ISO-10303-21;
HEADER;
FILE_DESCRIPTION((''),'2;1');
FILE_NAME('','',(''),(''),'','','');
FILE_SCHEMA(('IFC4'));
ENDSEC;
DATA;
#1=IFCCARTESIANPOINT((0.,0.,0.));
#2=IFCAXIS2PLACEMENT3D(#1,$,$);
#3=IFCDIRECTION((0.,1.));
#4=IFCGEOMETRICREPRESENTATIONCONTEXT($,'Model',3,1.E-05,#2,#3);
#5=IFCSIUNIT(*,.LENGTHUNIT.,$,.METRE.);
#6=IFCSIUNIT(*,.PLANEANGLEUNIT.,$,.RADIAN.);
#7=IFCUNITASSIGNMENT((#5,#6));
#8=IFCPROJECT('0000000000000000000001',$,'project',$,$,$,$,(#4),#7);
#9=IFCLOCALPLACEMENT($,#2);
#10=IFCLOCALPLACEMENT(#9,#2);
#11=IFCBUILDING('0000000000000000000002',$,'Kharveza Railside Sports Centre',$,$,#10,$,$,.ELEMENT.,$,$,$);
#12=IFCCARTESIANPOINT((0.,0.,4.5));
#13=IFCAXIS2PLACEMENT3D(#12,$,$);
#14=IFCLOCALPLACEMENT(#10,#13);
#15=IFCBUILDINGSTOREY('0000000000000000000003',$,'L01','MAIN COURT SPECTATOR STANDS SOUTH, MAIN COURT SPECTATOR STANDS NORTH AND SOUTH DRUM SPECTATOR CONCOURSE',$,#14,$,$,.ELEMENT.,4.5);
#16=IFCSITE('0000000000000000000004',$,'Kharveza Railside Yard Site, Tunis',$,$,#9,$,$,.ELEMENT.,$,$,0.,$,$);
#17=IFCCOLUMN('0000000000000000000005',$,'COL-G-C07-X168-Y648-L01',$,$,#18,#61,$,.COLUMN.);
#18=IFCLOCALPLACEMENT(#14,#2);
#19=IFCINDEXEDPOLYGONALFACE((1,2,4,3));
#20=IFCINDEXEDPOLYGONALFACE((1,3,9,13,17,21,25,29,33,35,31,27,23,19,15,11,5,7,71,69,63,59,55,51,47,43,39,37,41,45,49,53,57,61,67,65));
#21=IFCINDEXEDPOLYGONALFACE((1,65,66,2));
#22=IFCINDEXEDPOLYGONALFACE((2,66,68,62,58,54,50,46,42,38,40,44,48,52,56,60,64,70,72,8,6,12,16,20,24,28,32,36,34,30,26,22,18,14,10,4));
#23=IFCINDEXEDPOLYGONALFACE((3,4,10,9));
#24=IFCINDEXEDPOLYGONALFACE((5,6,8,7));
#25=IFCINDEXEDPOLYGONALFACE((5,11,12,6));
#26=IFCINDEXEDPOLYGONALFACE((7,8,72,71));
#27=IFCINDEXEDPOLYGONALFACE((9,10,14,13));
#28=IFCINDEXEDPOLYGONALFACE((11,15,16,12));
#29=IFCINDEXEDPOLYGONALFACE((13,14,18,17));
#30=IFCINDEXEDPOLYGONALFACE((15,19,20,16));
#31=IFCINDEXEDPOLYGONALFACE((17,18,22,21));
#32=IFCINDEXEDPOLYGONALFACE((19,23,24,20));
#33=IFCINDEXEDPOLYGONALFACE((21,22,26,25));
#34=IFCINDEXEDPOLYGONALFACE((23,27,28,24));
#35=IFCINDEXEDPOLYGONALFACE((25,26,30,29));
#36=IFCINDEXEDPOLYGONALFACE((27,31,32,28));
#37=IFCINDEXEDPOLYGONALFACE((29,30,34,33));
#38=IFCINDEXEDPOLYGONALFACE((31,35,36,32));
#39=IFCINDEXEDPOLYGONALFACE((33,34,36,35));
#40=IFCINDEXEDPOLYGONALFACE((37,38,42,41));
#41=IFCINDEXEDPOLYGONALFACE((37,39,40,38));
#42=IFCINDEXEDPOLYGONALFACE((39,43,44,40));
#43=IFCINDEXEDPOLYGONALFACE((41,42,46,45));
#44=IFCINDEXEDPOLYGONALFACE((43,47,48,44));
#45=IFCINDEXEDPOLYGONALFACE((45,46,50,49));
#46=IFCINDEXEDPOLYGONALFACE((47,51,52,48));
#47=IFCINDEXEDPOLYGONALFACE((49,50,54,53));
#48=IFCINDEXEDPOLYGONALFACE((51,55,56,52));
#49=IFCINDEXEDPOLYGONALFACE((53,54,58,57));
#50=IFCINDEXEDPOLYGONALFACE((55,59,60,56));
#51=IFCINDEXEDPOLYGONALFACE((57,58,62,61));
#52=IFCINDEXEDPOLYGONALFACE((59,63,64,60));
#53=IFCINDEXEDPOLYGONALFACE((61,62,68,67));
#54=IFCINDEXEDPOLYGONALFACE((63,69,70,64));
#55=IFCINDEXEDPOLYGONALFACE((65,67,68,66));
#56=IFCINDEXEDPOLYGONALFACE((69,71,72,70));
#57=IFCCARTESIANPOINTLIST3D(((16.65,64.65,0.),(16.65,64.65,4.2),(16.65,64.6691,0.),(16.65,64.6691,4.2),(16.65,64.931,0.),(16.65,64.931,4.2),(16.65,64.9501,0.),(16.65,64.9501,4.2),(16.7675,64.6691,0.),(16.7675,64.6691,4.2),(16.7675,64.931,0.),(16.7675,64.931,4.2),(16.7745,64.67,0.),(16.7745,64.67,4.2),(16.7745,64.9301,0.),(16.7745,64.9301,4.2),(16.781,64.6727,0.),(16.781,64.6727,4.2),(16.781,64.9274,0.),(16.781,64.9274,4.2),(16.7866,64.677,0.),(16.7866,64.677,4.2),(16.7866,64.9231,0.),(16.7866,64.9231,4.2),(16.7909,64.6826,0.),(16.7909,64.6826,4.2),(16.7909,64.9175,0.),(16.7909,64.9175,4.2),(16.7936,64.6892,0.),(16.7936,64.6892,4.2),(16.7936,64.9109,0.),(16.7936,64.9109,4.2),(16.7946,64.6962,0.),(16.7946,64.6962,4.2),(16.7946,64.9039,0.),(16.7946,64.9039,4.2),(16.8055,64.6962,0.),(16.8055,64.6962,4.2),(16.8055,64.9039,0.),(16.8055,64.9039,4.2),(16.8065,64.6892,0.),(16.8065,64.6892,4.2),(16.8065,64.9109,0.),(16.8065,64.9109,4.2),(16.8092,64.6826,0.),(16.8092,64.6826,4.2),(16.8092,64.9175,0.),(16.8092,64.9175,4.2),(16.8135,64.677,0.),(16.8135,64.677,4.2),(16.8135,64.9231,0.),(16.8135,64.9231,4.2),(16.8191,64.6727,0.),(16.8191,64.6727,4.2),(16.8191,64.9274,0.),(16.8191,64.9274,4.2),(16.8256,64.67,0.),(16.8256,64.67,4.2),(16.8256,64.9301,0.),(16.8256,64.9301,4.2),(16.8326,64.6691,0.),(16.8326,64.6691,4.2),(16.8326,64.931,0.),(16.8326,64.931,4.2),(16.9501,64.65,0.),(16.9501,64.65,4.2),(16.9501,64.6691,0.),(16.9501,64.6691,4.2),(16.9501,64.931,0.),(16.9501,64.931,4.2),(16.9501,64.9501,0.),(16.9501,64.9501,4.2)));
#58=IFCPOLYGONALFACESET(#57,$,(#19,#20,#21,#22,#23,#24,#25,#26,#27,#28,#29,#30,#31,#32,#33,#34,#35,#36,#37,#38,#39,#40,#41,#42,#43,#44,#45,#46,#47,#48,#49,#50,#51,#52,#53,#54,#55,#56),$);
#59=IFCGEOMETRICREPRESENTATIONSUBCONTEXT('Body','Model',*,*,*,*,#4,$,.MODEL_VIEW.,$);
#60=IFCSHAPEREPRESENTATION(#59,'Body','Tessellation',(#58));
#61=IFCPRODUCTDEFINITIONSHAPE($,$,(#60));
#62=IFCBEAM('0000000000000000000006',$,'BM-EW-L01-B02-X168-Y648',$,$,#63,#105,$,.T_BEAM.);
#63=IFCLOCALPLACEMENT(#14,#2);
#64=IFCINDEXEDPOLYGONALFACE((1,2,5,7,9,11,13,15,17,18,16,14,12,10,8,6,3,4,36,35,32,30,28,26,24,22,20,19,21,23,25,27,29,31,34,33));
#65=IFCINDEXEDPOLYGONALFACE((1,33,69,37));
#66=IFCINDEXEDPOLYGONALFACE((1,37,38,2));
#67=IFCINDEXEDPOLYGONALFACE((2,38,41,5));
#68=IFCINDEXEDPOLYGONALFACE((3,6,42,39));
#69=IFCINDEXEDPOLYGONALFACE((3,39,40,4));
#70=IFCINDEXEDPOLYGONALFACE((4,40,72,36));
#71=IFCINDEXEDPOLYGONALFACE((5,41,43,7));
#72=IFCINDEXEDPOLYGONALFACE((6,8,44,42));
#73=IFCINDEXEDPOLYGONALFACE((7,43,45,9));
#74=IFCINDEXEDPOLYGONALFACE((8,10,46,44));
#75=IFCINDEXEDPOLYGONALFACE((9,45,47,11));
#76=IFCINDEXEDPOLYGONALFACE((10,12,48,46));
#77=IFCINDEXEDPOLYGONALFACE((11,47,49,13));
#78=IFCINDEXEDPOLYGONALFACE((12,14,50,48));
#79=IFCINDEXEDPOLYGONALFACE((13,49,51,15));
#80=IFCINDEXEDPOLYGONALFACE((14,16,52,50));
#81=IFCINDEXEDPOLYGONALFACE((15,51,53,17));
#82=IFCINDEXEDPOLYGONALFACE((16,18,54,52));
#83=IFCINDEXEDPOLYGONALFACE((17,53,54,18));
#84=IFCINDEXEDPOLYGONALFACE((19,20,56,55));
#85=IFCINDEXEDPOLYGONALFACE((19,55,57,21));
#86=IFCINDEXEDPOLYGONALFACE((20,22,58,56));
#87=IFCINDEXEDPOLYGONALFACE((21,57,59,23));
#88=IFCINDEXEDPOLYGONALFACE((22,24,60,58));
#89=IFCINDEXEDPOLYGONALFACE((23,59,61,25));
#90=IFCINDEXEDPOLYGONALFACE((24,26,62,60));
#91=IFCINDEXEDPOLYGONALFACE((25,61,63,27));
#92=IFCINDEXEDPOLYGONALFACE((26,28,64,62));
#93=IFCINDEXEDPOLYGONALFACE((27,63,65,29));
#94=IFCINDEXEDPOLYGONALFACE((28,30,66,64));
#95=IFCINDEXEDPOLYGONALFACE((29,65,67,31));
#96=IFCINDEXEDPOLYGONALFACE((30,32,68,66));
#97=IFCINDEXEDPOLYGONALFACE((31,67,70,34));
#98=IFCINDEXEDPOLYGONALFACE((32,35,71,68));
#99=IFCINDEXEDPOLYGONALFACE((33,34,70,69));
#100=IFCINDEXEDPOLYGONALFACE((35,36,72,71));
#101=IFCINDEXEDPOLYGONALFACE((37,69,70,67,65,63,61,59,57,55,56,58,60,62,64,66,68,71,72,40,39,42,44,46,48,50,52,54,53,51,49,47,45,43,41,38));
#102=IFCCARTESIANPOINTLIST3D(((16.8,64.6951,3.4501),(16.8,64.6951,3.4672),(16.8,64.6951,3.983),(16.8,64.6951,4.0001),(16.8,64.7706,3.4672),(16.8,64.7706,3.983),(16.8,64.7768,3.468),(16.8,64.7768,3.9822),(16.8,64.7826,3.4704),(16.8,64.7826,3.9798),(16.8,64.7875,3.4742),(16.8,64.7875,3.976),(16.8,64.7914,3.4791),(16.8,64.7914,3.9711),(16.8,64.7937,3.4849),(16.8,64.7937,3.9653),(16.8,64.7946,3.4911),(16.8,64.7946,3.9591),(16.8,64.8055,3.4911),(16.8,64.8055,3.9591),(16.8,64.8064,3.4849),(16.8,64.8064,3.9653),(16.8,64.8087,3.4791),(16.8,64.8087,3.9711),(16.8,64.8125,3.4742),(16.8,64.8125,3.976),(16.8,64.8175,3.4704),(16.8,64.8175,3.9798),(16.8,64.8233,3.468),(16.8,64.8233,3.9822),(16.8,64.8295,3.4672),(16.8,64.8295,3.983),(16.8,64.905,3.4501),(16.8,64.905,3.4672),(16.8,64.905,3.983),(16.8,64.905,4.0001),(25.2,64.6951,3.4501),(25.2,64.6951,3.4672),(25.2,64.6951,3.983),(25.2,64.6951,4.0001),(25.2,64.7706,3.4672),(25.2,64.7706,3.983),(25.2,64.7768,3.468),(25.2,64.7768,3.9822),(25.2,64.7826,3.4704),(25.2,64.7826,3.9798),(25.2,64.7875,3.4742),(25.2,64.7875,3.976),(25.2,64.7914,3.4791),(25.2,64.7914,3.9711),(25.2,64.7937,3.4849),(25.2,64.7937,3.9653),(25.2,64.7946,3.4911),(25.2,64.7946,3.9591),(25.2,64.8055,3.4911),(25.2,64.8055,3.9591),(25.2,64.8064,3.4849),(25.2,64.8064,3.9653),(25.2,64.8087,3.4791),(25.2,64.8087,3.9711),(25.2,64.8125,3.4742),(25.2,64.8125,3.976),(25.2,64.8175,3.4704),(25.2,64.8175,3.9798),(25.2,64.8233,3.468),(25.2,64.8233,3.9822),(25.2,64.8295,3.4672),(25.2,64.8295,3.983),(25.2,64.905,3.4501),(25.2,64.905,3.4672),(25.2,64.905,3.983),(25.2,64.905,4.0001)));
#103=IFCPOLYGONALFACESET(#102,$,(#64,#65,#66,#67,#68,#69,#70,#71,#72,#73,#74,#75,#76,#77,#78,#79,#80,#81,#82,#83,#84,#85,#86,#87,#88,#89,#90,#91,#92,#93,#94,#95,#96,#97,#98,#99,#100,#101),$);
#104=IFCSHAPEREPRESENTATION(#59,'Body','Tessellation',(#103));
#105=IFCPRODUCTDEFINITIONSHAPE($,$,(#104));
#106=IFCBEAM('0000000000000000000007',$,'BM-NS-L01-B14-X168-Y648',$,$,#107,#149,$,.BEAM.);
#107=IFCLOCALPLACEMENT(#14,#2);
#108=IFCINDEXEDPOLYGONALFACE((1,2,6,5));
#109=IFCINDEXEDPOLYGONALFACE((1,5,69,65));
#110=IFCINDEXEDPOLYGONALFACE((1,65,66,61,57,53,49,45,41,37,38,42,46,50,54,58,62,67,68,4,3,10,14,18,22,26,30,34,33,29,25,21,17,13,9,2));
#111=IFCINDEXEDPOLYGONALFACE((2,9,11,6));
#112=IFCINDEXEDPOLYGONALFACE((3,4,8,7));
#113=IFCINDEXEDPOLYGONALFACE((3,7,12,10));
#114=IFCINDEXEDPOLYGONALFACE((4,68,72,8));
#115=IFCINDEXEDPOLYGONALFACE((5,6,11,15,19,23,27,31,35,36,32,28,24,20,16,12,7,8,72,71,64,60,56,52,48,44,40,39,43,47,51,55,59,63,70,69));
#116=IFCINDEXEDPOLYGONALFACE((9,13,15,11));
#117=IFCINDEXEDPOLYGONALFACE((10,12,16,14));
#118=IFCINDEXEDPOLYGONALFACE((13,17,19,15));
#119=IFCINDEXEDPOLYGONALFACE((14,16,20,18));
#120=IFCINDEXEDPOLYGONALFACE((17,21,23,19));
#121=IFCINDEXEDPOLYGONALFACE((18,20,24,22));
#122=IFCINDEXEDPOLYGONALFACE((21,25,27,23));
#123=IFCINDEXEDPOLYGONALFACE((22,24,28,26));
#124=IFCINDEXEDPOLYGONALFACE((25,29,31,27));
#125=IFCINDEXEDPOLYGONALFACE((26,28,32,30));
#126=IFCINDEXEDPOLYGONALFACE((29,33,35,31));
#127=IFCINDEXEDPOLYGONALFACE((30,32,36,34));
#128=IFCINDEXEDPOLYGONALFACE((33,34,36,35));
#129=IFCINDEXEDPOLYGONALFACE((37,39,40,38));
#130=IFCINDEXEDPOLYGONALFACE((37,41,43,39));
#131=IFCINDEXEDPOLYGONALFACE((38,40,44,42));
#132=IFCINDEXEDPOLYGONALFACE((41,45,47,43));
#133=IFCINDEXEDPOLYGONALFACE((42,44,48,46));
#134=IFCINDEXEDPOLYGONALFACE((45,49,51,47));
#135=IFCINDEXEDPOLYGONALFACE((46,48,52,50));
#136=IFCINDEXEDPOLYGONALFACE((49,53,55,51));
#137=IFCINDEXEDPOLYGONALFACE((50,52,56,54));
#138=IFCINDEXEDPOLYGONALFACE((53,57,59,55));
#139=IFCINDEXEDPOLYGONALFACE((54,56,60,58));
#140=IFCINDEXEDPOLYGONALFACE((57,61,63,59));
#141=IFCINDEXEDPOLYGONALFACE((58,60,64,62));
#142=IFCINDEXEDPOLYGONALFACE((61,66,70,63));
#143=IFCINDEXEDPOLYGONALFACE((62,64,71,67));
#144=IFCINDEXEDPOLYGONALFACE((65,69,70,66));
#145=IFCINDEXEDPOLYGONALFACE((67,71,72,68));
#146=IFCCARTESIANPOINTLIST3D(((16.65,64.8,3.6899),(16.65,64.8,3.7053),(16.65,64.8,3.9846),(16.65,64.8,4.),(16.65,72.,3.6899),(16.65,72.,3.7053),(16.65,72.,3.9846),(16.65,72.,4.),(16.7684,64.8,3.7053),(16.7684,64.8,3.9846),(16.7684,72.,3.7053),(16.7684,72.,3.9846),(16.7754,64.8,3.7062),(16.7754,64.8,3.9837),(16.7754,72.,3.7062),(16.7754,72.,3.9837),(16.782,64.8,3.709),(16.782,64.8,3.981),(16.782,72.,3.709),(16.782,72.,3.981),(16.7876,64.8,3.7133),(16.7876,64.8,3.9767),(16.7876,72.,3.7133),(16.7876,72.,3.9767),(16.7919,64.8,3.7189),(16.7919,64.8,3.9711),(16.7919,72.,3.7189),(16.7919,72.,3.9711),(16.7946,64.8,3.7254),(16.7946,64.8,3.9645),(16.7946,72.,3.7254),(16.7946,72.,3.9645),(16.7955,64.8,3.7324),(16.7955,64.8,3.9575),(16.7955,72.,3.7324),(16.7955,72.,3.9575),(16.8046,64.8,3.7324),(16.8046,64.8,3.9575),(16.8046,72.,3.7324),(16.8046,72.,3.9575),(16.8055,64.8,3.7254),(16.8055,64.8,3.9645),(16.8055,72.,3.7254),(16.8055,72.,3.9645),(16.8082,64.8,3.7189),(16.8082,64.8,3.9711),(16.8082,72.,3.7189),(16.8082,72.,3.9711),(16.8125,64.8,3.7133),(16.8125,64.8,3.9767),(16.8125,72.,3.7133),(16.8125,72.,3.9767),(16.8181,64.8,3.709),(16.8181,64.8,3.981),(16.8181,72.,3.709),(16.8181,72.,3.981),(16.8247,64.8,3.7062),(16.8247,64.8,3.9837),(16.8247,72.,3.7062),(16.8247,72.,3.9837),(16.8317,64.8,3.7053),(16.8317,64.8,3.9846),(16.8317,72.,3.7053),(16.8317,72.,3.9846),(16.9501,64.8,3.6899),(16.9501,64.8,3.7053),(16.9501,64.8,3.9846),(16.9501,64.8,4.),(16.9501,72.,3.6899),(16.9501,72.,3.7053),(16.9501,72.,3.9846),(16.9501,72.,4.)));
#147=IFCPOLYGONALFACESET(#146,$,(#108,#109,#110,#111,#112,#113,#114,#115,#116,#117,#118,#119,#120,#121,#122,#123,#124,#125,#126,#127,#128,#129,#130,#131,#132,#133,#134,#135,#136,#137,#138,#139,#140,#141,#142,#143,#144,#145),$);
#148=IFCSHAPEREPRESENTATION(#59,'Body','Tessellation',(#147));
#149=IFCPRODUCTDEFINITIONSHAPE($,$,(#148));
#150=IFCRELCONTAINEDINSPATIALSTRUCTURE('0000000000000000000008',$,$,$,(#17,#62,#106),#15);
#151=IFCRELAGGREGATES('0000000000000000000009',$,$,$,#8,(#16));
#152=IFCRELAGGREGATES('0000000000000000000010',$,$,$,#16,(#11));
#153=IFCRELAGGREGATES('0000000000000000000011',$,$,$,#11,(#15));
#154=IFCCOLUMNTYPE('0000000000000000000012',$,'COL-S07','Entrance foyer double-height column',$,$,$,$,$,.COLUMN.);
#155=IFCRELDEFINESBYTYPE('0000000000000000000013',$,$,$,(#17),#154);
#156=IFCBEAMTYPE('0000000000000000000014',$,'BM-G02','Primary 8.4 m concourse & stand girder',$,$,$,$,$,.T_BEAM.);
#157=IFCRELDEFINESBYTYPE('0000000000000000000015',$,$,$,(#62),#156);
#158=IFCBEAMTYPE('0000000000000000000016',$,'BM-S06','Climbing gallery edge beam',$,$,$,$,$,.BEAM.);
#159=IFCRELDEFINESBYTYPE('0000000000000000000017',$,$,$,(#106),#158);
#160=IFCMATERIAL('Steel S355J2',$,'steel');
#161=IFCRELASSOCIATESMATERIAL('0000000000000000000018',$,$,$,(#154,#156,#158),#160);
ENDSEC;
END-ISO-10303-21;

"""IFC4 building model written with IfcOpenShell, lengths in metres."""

from ifc_helpers import new_model, si_unit, direction, frame, origin, origin_2d, place, context, subcontext, project, spatial, i_section, extrude, material, material_profile, profile_set, type_object, element, save


model = new_model("IFC4")

# Units and contexts
model_context = context("Model", 3, precision=1e-05, world=origin(), true_north=direction((0.0, 1.0)))
body_context = subcontext(model_context, "Body", "Model", "MODEL_VIEW")
ifc_project = project(units=[si_unit("LENGTHUNIT", "METRE"), si_unit("PLANEANGLEUNIT", "RADIAN")], contexts=[model_context])

# Site, building, storey
site_placement = place(None, origin())
site = spatial("IfcSite", under=ifc_project, at=site_placement, Name="Kharveza Railside Yard Site, Tunis", CompositionType="ELEMENT", RefElevation=0.0)
building_placement = place(site_placement, origin())
building = spatial("IfcBuilding", under=site, at=building_placement, Name="Kharveza Railside Sports Centre", CompositionType="ELEMENT")
storey_placement = place(building_placement, frame((0.0, 0.0, 4.5)))
storey = spatial("IfcBuildingStorey", under=building, at=storey_placement, Name="L01", Description="MAIN COURT SPECTATOR STANDS SOUTH, MAIN COURT SPECTATOR STANDS NORTH AND SOUTH DRUM SPECTATOR CONCOURSE", CompositionType="ELEMENT", Elevation=4.5)

# Column
ifc_material_1 = material(Name="Steel S355J2", Category="steel")
ifc_material_profile_1 = material_profile(ifc_material_1, i_section(OverallWidth=0.3, OverallDepth=0.3, WebThickness=0.011, FlangeThickness=0.019, FilletRadius=0.0271, at=origin_2d()), Name="HEB 300")
ifc_profile_set_1 = profile_set([ifc_material_profile_1], Name="Steel S355J2")
column_type = type_object("IfcColumnType", Name="COL-S07", Description="Entrance foyer double-height column", PredefinedType="COLUMN", material=ifc_profile_set_1)
column_placement = place(storey_placement, frame((16.8, 64.8, 0.0), z_axis=(0.0, 0.0, 1.0), x_axis=(1.0, 0.0, 0.0)))
element("IfcColumn", 1, at=column_placement, inside=storey, type_object=column_type, Name="COL-G-C07-X168-Y648-L01", PredefinedType="COLUMN", context=body_context, shape_type="SweptSolid", body=[
    extrude(i_section(OverallWidth=0.3, OverallDepth=0.3, WebThickness=0.011, FlangeThickness=0.019, FilletRadius=0.0271, at=origin_2d()), origin(), (0.0, 0.0, 1.0), 4.2),
])

# Beams
ifc_material_profile_2 = material_profile(ifc_material_1, i_section(OverallWidth=0.21, OverallDepth=0.55, WebThickness=0.011, FlangeThickness=0.0171, FilletRadius=0.0239, at=origin_2d()), Name="IPE 550")
ifc_profile_set_2 = profile_set([ifc_material_profile_2], Name="Steel S355J2")
beam_type_1 = type_object("IfcBeamType", Name="BM-G02", Description="Primary 8.4 m concourse & stand girder", PredefinedType="T_BEAM", material=ifc_profile_set_2)
beam_1_placement = place(storey_placement, frame((16.8, 64.8, 3.7251), z_axis=(1.0, 0.0, 0.0), x_axis=(0.0, 1.0, 0.0)))
element("IfcBeam", 2, at=beam_1_placement, inside=storey, type_object=beam_type_1, Name="BM-EW-L01-B02-X168-Y648", PredefinedType="T_BEAM", context=body_context, shape_type="SweptSolid", body=[
    extrude(i_section(OverallWidth=0.21, OverallDepth=0.55, WebThickness=0.011, FlangeThickness=0.0171, FilletRadius=0.0239, at=origin_2d()), origin(), (0.0, 0.0, 1.0), 8.3999),
])
ifc_material_profile_3 = material_profile(ifc_material_1, i_section(OverallWidth=0.3, OverallDepth=0.3101, WebThickness=0.009, FlangeThickness=0.0154, FilletRadius=0.0271, at=origin_2d()), Name="HEA 320")
ifc_profile_set_3 = profile_set([ifc_material_profile_3], Name="Steel S355J2")
beam_type_2 = type_object("IfcBeamType", Name="BM-S06", Description="Climbing gallery edge beam", PredefinedType="BEAM", material=ifc_profile_set_3)
beam_2_placement = place(storey_placement, frame((16.8, 64.8, 3.845), z_axis=(0.0, 1.0, 0.0), x_axis=(-1.0, 0.0, 0.0)))
element("IfcBeam", 3, at=beam_2_placement, inside=storey, type_object=beam_type_2, Name="BM-NS-L01-B14-X168-Y648", PredefinedType="BEAM", context=body_context, shape_type="SweptSolid", body=[
    extrude(i_section(OverallWidth=0.3, OverallDepth=0.3101, WebThickness=0.009, FlangeThickness=0.0154, FilletRadius=0.0271, at=origin_2d()), origin(), (0.0, 0.0, 1.0), 7.2),
])

save(model, "model.ifc")
